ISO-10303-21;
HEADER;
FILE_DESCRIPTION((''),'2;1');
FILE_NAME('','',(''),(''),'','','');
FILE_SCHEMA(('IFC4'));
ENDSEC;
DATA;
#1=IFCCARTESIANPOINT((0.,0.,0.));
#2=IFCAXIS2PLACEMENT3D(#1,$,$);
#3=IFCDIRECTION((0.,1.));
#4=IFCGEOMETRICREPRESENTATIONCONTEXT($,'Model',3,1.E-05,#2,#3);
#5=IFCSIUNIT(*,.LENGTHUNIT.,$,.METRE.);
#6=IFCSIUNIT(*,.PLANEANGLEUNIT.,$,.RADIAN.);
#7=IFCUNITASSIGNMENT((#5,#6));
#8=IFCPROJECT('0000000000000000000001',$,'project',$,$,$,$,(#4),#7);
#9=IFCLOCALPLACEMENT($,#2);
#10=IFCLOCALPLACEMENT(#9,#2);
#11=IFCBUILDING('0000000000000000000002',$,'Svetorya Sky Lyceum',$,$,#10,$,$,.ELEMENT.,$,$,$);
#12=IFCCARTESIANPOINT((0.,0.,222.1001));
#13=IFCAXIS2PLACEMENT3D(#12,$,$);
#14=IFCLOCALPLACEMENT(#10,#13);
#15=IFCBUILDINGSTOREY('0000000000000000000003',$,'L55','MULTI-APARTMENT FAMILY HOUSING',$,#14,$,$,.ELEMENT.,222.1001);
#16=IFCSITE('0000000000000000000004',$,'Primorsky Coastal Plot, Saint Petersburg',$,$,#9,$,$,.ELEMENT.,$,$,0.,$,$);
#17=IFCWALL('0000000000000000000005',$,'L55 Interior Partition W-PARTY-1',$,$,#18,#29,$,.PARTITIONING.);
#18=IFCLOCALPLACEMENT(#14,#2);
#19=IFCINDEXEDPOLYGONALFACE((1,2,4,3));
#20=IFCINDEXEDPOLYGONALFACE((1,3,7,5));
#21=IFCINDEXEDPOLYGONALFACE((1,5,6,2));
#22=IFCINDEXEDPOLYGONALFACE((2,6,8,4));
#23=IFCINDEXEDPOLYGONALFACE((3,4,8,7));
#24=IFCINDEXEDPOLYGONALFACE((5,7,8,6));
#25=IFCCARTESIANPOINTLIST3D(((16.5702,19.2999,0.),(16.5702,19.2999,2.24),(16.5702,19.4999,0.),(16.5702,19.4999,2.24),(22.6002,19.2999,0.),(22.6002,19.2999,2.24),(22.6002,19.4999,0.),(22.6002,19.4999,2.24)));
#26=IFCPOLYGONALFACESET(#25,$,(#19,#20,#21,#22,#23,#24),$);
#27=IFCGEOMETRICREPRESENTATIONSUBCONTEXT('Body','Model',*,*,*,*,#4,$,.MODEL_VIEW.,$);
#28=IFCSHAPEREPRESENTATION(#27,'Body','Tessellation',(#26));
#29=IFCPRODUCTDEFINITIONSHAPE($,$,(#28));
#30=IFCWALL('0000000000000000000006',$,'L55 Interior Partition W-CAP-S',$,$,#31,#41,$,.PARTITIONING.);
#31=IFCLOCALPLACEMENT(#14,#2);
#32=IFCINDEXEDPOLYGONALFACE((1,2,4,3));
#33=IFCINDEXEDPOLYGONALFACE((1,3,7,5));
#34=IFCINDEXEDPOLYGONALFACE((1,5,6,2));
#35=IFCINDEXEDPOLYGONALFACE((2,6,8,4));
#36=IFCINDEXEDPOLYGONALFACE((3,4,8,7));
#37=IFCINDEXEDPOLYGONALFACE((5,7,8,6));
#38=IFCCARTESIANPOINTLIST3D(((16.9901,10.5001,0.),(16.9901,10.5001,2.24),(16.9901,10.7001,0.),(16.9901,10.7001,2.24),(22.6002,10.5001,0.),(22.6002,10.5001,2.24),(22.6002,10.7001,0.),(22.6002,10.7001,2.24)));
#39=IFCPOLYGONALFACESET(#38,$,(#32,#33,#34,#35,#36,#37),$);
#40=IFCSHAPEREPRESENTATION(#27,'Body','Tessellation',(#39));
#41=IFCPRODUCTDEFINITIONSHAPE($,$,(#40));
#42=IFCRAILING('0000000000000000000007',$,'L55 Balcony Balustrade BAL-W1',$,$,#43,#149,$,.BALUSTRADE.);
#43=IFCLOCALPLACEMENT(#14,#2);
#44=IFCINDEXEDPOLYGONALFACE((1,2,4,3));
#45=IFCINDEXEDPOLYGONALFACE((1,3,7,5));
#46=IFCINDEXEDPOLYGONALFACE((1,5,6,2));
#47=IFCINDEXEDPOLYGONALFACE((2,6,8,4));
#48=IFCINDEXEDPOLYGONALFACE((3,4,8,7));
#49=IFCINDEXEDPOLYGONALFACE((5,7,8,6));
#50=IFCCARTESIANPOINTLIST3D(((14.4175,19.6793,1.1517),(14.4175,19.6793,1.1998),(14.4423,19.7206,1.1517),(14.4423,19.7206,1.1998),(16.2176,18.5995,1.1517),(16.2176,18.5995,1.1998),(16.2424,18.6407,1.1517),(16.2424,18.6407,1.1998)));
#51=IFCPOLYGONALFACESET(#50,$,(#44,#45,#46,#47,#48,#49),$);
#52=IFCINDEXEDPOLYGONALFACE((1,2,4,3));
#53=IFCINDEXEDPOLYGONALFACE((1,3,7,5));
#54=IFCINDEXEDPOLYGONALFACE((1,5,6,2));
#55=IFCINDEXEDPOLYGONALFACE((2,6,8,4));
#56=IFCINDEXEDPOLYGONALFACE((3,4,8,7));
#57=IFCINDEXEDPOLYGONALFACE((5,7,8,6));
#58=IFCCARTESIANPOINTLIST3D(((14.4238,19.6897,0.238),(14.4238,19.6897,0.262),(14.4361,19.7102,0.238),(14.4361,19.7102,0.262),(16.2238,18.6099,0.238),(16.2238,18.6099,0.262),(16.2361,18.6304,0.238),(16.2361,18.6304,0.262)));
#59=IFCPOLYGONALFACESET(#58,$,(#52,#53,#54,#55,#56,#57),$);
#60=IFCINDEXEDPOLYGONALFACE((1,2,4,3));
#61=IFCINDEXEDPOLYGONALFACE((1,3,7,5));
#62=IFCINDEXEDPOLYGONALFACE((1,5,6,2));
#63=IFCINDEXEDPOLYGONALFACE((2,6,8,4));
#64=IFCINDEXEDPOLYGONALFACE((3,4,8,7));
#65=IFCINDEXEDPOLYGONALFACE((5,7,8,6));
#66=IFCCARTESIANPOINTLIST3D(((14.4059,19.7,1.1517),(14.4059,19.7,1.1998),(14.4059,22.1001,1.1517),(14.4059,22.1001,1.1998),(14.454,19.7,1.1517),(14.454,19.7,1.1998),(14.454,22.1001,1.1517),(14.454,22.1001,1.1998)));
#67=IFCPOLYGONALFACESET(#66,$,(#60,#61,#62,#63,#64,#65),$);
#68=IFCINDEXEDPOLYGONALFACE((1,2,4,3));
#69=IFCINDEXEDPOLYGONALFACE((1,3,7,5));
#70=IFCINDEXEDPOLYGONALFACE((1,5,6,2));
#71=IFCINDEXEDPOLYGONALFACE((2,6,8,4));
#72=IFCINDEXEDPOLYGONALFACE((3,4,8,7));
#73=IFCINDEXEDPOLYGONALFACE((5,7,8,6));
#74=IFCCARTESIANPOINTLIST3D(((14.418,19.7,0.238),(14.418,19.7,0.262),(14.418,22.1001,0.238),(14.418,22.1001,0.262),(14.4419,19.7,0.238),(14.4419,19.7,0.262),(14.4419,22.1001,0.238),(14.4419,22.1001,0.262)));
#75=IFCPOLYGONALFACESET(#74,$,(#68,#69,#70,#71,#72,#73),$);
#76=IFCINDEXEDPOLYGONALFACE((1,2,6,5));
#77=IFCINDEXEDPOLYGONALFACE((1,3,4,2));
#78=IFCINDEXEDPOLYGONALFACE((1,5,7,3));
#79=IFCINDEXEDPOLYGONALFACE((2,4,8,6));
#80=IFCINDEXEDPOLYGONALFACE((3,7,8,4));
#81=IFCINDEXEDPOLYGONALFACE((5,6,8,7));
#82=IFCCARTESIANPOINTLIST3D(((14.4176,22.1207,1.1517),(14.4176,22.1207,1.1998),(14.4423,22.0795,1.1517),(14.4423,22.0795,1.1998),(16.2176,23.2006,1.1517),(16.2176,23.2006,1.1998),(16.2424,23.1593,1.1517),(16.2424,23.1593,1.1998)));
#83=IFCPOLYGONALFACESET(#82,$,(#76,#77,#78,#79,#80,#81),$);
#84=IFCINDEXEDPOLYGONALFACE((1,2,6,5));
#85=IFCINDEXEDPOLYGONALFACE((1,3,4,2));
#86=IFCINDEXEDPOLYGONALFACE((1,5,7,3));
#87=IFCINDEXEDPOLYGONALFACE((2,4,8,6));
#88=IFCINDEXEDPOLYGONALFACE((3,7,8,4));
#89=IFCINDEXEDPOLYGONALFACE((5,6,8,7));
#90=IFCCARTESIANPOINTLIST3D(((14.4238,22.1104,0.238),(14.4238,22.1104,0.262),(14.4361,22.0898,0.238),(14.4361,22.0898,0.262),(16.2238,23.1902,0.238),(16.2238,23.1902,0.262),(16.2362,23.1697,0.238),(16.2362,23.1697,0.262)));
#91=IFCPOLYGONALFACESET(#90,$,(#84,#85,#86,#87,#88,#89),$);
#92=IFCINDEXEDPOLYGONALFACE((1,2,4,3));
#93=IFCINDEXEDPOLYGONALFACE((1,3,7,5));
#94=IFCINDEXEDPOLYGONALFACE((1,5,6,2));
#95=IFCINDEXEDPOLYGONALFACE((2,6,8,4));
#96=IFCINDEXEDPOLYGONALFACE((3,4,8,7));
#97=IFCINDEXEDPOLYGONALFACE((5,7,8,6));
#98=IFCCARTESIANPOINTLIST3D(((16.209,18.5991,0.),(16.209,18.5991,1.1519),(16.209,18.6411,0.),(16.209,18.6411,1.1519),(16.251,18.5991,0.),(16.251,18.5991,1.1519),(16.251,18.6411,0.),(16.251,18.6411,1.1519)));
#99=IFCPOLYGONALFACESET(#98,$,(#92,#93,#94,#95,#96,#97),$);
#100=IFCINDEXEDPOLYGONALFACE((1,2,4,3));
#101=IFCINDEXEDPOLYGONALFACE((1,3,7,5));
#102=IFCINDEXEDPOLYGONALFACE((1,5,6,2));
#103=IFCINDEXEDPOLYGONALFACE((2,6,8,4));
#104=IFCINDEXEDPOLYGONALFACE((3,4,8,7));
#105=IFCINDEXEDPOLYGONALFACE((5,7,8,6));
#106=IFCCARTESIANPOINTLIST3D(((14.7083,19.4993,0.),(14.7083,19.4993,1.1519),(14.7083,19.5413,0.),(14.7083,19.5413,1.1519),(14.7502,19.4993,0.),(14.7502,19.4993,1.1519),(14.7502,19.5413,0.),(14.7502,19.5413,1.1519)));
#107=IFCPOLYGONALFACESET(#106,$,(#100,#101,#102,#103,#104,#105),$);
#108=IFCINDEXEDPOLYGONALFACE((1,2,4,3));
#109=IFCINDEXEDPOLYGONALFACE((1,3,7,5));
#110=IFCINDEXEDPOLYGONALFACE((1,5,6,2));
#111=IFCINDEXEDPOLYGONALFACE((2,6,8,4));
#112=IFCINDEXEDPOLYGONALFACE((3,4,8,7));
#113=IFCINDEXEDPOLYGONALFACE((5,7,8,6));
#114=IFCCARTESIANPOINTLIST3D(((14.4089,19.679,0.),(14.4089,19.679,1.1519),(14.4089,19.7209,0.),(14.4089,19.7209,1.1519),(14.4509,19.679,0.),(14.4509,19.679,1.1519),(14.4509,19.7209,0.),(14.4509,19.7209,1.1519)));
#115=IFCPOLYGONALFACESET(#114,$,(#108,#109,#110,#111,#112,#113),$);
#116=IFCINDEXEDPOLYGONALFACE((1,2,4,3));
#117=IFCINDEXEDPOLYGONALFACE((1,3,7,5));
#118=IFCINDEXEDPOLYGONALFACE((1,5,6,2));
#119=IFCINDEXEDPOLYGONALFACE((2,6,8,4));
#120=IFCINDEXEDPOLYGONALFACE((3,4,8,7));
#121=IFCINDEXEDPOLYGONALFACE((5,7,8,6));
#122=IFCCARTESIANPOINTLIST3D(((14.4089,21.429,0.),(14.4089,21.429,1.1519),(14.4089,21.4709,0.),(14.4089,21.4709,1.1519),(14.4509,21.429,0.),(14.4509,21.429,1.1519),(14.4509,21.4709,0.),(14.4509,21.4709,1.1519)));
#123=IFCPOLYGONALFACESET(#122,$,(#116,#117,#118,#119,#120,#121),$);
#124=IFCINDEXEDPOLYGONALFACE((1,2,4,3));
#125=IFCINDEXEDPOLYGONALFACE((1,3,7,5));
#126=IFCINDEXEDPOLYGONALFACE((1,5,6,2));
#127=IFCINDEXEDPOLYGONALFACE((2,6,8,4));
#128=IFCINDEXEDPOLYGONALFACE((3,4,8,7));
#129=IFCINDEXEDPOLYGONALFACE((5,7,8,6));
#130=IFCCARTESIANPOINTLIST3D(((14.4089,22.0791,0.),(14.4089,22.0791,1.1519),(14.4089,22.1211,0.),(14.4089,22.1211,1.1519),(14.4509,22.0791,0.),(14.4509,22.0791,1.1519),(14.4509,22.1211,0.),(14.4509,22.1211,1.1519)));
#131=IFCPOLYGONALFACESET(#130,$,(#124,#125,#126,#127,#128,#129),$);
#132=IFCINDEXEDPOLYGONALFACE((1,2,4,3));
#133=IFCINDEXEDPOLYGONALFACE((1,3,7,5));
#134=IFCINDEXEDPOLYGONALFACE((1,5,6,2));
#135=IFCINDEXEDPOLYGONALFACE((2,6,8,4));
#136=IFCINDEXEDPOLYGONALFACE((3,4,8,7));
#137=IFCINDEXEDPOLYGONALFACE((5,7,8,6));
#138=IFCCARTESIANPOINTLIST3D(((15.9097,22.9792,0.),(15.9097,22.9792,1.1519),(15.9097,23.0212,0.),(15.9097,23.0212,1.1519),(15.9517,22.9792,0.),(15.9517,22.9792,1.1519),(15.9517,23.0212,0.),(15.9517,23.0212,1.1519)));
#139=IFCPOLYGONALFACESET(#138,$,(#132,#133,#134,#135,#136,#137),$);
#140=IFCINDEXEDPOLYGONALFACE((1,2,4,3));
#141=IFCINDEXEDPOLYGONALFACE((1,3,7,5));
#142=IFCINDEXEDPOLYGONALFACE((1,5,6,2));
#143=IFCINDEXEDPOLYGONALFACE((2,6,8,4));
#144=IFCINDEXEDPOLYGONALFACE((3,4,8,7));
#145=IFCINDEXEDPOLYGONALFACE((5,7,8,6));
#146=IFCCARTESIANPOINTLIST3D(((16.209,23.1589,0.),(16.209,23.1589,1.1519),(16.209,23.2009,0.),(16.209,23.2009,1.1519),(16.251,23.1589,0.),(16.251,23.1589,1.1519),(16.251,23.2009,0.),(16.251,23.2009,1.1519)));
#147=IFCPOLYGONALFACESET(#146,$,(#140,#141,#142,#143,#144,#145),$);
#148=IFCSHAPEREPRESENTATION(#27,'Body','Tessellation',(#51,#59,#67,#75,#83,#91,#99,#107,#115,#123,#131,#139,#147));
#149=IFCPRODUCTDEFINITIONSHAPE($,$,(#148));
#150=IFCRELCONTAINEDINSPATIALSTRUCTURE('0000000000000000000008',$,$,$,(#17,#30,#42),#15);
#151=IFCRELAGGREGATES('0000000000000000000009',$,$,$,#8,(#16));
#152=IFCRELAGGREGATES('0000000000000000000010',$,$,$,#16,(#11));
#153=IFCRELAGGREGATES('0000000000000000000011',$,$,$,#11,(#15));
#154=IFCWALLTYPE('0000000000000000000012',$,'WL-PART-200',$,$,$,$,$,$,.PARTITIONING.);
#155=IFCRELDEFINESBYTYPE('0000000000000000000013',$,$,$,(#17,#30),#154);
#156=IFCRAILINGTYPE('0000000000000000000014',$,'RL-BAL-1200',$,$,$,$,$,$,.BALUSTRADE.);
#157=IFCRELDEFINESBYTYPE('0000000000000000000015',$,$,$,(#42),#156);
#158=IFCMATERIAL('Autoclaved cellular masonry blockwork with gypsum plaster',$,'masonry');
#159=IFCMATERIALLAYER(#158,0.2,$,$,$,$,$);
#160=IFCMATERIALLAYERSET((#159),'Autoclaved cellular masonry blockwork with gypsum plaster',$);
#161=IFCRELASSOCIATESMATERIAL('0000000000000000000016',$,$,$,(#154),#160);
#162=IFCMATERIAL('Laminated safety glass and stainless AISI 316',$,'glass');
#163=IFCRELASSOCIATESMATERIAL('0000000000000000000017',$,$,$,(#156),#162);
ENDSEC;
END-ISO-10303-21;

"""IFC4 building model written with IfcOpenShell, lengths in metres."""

from ifc_helpers import new_model, si_unit, direction, frame, frame_2d, origin, origin_2d, place, context, subcontext, project, spatial, rectangle, extrude, material, layer, layer_set, type_object, element, save


model = new_model("IFC4")

# Units and contexts
model_context = context("Model", 3, precision=1e-05, world=origin(), true_north=direction((0.0, 1.0)))
body_context = subcontext(model_context, "Body", "Model", "MODEL_VIEW")
ifc_project = project(units=[si_unit("LENGTHUNIT", "METRE"), si_unit("PLANEANGLEUNIT", "RADIAN")], contexts=[model_context])

# Site, building, storey
site_placement = place(None, origin())
site = spatial("IfcSite", under=ifc_project, at=site_placement, Name="Primorsky Coastal Plot, Saint Petersburg", CompositionType="ELEMENT", RefElevation=0.0)
building_placement = place(site_placement, origin())
building = spatial("IfcBuilding", under=site, at=building_placement, Name="Svetorya Sky Lyceum", CompositionType="ELEMENT")
storey_placement = place(building_placement, frame((0.0, 0.0, 222.1001)))
storey = spatial("IfcBuildingStorey", under=building, at=storey_placement, Name="L55", Description="MULTI-APARTMENT FAMILY HOUSING", CompositionType="ELEMENT", Elevation=222.1001)

# Walls
ifc_material_1 = material(Name="Autoclaved cellular masonry blockwork with gypsum plaster", Category="masonry")
ifc_layer_1 = layer(ifc_material_1, 0.2)
ifc_layer_set_1 = layer_set([ifc_layer_1], Name="Autoclaved cellular masonry blockwork with gypsum plaster")
wall_type_1 = type_object("IfcWallType", Name="WL-PART-200", PredefinedType="PARTITIONING", material=ifc_layer_set_1)
wall_1_placement = place(storey_placement, frame((16.5701, 19.3999, 0.0), z_axis=(0.0, 0.0, 1.0), x_axis=(1.0, 0.0, 0.0)))
element("IfcWall", 1, at=wall_1_placement, inside=storey, type_object=wall_type_1, Name="L55 Interior Partition W-PARTY-1", PredefinedType="PARTITIONING", context=body_context, shape_type="SweptSolid", body=[
    extrude(rectangle(XDim=6.03, YDim=0.2, at=frame_2d((3.0151, 0.0))), origin(), (0.0, 0.0, 1.0), 2.24),
])
wall_2_placement = place(storey_placement, frame((16.99, 10.6001, 0.0), z_axis=(0.0, 0.0, 1.0), x_axis=(1.0, 0.0, 0.0)))
element("IfcWall", 2, at=wall_2_placement, inside=storey, type_object=wall_type_1, Name="L55 Interior Partition W-CAP-S", PredefinedType="PARTITIONING", context=body_context, shape_type="SweptSolid", body=[
    extrude(rectangle(XDim=5.6101, YDim=0.2, at=frame_2d((2.8052, 0.0))), origin(), (0.0, 0.0, 1.0), 2.24),
])

# Railing
ifc_material_2 = material(Name="Laminated safety glass and stainless AISI 316", Category="glass")
railing_type = type_object("IfcRailingType", Name="RL-BAL-1200", PredefinedType="BALUSTRADE", material=ifc_material_2)
railing_placement = place(storey_placement, frame((16.23, 18.6201, 0.0)))
element("IfcRailing", 3, at=railing_placement, inside=storey, type_object=railing_type, Name="L55 Balcony Balustrade BAL-W1", PredefinedType="BALUSTRADE", context=body_context, shape_type="SweptSolid", body=[
    extrude(rectangle(XDim=0.0481, YDim=0.0481, at=origin_2d()), frame((0.0, 0.0, 1.1758), z_axis=(-0.857534, 0.514427, 0.0), x_axis=(-0.514427, -0.857534, 0.0)), (0.0, 0.0, 1.0), 2.0991),
    extrude(rectangle(XDim=0.0239, YDim=0.0239, at=origin_2d()), frame((0.0, 0.0, 0.25), z_axis=(-0.857534, 0.514427, 0.0), x_axis=(-0.514427, -0.857534, 0.0)), (0.0, 0.0, 1.0), 2.0991),
    extrude(rectangle(XDim=0.0481, YDim=0.0481, at=origin_2d()), frame((-1.8, 1.0798, 1.1758), z_axis=(0.0, 1.0, 0.0), x_axis=(-1.0, 0.0, 0.0)), (0.0, 0.0, 1.0), 2.4001),
    extrude(rectangle(XDim=0.0239, YDim=0.0239, at=origin_2d()), frame((-1.8, 1.0798, 0.25), z_axis=(0.0, 1.0, 0.0), x_axis=(-1.0, 0.0, 0.0)), (0.0, 0.0, 1.0), 2.4001),
    extrude(rectangle(XDim=0.0481, YDim=0.0481, at=origin_2d()), frame((-1.8, 3.48, 1.1758), z_axis=(0.857534, 0.514427, 0.0), x_axis=(-0.514427, 0.857534, 0.0)), (0.0, 0.0, 1.0), 2.0991),
    extrude(rectangle(XDim=0.0239, YDim=0.0239, at=origin_2d()), frame((-1.8, 3.48, 0.25), z_axis=(0.857534, 0.514427, 0.0), x_axis=(-0.514427, 0.857534, 0.0)), (0.0, 0.0, 1.0), 2.0991),
    extrude(rectangle(XDim=0.042, YDim=0.042, at=origin_2d()), origin(), (0.0, 0.0, 1.0), 1.1519),
    extrude(rectangle(XDim=0.042, YDim=0.042, at=origin_2d()), frame((-1.5007, 0.9001, 0.0)), (0.0, 0.0, 1.0), 1.1519),
    extrude(rectangle(XDim=0.042, YDim=0.042, at=origin_2d()), frame((-1.8, 1.0798, 0.0)), (0.0, 0.0, 1.0), 1.1519),
    extrude(rectangle(XDim=0.042, YDim=0.042, at=origin_2d()), frame((-1.8, 2.8298, 0.0)), (0.0, 0.0, 1.0), 1.1519),
    extrude(rectangle(XDim=0.042, YDim=0.042, at=origin_2d()), frame((-1.8, 3.48, 0.0)), (0.0, 0.0, 1.0), 1.1519),
    extrude(rectangle(XDim=0.042, YDim=0.042, at=origin_2d()), frame((-0.2993, 4.3801, 0.0)), (0.0, 0.0, 1.0), 1.1519),
    extrude(rectangle(XDim=0.042, YDim=0.042, at=origin_2d()), frame((0.0, 4.5598, 0.0)), (0.0, 0.0, 1.0), 1.1519),
])

save(model, "model.ifc")
